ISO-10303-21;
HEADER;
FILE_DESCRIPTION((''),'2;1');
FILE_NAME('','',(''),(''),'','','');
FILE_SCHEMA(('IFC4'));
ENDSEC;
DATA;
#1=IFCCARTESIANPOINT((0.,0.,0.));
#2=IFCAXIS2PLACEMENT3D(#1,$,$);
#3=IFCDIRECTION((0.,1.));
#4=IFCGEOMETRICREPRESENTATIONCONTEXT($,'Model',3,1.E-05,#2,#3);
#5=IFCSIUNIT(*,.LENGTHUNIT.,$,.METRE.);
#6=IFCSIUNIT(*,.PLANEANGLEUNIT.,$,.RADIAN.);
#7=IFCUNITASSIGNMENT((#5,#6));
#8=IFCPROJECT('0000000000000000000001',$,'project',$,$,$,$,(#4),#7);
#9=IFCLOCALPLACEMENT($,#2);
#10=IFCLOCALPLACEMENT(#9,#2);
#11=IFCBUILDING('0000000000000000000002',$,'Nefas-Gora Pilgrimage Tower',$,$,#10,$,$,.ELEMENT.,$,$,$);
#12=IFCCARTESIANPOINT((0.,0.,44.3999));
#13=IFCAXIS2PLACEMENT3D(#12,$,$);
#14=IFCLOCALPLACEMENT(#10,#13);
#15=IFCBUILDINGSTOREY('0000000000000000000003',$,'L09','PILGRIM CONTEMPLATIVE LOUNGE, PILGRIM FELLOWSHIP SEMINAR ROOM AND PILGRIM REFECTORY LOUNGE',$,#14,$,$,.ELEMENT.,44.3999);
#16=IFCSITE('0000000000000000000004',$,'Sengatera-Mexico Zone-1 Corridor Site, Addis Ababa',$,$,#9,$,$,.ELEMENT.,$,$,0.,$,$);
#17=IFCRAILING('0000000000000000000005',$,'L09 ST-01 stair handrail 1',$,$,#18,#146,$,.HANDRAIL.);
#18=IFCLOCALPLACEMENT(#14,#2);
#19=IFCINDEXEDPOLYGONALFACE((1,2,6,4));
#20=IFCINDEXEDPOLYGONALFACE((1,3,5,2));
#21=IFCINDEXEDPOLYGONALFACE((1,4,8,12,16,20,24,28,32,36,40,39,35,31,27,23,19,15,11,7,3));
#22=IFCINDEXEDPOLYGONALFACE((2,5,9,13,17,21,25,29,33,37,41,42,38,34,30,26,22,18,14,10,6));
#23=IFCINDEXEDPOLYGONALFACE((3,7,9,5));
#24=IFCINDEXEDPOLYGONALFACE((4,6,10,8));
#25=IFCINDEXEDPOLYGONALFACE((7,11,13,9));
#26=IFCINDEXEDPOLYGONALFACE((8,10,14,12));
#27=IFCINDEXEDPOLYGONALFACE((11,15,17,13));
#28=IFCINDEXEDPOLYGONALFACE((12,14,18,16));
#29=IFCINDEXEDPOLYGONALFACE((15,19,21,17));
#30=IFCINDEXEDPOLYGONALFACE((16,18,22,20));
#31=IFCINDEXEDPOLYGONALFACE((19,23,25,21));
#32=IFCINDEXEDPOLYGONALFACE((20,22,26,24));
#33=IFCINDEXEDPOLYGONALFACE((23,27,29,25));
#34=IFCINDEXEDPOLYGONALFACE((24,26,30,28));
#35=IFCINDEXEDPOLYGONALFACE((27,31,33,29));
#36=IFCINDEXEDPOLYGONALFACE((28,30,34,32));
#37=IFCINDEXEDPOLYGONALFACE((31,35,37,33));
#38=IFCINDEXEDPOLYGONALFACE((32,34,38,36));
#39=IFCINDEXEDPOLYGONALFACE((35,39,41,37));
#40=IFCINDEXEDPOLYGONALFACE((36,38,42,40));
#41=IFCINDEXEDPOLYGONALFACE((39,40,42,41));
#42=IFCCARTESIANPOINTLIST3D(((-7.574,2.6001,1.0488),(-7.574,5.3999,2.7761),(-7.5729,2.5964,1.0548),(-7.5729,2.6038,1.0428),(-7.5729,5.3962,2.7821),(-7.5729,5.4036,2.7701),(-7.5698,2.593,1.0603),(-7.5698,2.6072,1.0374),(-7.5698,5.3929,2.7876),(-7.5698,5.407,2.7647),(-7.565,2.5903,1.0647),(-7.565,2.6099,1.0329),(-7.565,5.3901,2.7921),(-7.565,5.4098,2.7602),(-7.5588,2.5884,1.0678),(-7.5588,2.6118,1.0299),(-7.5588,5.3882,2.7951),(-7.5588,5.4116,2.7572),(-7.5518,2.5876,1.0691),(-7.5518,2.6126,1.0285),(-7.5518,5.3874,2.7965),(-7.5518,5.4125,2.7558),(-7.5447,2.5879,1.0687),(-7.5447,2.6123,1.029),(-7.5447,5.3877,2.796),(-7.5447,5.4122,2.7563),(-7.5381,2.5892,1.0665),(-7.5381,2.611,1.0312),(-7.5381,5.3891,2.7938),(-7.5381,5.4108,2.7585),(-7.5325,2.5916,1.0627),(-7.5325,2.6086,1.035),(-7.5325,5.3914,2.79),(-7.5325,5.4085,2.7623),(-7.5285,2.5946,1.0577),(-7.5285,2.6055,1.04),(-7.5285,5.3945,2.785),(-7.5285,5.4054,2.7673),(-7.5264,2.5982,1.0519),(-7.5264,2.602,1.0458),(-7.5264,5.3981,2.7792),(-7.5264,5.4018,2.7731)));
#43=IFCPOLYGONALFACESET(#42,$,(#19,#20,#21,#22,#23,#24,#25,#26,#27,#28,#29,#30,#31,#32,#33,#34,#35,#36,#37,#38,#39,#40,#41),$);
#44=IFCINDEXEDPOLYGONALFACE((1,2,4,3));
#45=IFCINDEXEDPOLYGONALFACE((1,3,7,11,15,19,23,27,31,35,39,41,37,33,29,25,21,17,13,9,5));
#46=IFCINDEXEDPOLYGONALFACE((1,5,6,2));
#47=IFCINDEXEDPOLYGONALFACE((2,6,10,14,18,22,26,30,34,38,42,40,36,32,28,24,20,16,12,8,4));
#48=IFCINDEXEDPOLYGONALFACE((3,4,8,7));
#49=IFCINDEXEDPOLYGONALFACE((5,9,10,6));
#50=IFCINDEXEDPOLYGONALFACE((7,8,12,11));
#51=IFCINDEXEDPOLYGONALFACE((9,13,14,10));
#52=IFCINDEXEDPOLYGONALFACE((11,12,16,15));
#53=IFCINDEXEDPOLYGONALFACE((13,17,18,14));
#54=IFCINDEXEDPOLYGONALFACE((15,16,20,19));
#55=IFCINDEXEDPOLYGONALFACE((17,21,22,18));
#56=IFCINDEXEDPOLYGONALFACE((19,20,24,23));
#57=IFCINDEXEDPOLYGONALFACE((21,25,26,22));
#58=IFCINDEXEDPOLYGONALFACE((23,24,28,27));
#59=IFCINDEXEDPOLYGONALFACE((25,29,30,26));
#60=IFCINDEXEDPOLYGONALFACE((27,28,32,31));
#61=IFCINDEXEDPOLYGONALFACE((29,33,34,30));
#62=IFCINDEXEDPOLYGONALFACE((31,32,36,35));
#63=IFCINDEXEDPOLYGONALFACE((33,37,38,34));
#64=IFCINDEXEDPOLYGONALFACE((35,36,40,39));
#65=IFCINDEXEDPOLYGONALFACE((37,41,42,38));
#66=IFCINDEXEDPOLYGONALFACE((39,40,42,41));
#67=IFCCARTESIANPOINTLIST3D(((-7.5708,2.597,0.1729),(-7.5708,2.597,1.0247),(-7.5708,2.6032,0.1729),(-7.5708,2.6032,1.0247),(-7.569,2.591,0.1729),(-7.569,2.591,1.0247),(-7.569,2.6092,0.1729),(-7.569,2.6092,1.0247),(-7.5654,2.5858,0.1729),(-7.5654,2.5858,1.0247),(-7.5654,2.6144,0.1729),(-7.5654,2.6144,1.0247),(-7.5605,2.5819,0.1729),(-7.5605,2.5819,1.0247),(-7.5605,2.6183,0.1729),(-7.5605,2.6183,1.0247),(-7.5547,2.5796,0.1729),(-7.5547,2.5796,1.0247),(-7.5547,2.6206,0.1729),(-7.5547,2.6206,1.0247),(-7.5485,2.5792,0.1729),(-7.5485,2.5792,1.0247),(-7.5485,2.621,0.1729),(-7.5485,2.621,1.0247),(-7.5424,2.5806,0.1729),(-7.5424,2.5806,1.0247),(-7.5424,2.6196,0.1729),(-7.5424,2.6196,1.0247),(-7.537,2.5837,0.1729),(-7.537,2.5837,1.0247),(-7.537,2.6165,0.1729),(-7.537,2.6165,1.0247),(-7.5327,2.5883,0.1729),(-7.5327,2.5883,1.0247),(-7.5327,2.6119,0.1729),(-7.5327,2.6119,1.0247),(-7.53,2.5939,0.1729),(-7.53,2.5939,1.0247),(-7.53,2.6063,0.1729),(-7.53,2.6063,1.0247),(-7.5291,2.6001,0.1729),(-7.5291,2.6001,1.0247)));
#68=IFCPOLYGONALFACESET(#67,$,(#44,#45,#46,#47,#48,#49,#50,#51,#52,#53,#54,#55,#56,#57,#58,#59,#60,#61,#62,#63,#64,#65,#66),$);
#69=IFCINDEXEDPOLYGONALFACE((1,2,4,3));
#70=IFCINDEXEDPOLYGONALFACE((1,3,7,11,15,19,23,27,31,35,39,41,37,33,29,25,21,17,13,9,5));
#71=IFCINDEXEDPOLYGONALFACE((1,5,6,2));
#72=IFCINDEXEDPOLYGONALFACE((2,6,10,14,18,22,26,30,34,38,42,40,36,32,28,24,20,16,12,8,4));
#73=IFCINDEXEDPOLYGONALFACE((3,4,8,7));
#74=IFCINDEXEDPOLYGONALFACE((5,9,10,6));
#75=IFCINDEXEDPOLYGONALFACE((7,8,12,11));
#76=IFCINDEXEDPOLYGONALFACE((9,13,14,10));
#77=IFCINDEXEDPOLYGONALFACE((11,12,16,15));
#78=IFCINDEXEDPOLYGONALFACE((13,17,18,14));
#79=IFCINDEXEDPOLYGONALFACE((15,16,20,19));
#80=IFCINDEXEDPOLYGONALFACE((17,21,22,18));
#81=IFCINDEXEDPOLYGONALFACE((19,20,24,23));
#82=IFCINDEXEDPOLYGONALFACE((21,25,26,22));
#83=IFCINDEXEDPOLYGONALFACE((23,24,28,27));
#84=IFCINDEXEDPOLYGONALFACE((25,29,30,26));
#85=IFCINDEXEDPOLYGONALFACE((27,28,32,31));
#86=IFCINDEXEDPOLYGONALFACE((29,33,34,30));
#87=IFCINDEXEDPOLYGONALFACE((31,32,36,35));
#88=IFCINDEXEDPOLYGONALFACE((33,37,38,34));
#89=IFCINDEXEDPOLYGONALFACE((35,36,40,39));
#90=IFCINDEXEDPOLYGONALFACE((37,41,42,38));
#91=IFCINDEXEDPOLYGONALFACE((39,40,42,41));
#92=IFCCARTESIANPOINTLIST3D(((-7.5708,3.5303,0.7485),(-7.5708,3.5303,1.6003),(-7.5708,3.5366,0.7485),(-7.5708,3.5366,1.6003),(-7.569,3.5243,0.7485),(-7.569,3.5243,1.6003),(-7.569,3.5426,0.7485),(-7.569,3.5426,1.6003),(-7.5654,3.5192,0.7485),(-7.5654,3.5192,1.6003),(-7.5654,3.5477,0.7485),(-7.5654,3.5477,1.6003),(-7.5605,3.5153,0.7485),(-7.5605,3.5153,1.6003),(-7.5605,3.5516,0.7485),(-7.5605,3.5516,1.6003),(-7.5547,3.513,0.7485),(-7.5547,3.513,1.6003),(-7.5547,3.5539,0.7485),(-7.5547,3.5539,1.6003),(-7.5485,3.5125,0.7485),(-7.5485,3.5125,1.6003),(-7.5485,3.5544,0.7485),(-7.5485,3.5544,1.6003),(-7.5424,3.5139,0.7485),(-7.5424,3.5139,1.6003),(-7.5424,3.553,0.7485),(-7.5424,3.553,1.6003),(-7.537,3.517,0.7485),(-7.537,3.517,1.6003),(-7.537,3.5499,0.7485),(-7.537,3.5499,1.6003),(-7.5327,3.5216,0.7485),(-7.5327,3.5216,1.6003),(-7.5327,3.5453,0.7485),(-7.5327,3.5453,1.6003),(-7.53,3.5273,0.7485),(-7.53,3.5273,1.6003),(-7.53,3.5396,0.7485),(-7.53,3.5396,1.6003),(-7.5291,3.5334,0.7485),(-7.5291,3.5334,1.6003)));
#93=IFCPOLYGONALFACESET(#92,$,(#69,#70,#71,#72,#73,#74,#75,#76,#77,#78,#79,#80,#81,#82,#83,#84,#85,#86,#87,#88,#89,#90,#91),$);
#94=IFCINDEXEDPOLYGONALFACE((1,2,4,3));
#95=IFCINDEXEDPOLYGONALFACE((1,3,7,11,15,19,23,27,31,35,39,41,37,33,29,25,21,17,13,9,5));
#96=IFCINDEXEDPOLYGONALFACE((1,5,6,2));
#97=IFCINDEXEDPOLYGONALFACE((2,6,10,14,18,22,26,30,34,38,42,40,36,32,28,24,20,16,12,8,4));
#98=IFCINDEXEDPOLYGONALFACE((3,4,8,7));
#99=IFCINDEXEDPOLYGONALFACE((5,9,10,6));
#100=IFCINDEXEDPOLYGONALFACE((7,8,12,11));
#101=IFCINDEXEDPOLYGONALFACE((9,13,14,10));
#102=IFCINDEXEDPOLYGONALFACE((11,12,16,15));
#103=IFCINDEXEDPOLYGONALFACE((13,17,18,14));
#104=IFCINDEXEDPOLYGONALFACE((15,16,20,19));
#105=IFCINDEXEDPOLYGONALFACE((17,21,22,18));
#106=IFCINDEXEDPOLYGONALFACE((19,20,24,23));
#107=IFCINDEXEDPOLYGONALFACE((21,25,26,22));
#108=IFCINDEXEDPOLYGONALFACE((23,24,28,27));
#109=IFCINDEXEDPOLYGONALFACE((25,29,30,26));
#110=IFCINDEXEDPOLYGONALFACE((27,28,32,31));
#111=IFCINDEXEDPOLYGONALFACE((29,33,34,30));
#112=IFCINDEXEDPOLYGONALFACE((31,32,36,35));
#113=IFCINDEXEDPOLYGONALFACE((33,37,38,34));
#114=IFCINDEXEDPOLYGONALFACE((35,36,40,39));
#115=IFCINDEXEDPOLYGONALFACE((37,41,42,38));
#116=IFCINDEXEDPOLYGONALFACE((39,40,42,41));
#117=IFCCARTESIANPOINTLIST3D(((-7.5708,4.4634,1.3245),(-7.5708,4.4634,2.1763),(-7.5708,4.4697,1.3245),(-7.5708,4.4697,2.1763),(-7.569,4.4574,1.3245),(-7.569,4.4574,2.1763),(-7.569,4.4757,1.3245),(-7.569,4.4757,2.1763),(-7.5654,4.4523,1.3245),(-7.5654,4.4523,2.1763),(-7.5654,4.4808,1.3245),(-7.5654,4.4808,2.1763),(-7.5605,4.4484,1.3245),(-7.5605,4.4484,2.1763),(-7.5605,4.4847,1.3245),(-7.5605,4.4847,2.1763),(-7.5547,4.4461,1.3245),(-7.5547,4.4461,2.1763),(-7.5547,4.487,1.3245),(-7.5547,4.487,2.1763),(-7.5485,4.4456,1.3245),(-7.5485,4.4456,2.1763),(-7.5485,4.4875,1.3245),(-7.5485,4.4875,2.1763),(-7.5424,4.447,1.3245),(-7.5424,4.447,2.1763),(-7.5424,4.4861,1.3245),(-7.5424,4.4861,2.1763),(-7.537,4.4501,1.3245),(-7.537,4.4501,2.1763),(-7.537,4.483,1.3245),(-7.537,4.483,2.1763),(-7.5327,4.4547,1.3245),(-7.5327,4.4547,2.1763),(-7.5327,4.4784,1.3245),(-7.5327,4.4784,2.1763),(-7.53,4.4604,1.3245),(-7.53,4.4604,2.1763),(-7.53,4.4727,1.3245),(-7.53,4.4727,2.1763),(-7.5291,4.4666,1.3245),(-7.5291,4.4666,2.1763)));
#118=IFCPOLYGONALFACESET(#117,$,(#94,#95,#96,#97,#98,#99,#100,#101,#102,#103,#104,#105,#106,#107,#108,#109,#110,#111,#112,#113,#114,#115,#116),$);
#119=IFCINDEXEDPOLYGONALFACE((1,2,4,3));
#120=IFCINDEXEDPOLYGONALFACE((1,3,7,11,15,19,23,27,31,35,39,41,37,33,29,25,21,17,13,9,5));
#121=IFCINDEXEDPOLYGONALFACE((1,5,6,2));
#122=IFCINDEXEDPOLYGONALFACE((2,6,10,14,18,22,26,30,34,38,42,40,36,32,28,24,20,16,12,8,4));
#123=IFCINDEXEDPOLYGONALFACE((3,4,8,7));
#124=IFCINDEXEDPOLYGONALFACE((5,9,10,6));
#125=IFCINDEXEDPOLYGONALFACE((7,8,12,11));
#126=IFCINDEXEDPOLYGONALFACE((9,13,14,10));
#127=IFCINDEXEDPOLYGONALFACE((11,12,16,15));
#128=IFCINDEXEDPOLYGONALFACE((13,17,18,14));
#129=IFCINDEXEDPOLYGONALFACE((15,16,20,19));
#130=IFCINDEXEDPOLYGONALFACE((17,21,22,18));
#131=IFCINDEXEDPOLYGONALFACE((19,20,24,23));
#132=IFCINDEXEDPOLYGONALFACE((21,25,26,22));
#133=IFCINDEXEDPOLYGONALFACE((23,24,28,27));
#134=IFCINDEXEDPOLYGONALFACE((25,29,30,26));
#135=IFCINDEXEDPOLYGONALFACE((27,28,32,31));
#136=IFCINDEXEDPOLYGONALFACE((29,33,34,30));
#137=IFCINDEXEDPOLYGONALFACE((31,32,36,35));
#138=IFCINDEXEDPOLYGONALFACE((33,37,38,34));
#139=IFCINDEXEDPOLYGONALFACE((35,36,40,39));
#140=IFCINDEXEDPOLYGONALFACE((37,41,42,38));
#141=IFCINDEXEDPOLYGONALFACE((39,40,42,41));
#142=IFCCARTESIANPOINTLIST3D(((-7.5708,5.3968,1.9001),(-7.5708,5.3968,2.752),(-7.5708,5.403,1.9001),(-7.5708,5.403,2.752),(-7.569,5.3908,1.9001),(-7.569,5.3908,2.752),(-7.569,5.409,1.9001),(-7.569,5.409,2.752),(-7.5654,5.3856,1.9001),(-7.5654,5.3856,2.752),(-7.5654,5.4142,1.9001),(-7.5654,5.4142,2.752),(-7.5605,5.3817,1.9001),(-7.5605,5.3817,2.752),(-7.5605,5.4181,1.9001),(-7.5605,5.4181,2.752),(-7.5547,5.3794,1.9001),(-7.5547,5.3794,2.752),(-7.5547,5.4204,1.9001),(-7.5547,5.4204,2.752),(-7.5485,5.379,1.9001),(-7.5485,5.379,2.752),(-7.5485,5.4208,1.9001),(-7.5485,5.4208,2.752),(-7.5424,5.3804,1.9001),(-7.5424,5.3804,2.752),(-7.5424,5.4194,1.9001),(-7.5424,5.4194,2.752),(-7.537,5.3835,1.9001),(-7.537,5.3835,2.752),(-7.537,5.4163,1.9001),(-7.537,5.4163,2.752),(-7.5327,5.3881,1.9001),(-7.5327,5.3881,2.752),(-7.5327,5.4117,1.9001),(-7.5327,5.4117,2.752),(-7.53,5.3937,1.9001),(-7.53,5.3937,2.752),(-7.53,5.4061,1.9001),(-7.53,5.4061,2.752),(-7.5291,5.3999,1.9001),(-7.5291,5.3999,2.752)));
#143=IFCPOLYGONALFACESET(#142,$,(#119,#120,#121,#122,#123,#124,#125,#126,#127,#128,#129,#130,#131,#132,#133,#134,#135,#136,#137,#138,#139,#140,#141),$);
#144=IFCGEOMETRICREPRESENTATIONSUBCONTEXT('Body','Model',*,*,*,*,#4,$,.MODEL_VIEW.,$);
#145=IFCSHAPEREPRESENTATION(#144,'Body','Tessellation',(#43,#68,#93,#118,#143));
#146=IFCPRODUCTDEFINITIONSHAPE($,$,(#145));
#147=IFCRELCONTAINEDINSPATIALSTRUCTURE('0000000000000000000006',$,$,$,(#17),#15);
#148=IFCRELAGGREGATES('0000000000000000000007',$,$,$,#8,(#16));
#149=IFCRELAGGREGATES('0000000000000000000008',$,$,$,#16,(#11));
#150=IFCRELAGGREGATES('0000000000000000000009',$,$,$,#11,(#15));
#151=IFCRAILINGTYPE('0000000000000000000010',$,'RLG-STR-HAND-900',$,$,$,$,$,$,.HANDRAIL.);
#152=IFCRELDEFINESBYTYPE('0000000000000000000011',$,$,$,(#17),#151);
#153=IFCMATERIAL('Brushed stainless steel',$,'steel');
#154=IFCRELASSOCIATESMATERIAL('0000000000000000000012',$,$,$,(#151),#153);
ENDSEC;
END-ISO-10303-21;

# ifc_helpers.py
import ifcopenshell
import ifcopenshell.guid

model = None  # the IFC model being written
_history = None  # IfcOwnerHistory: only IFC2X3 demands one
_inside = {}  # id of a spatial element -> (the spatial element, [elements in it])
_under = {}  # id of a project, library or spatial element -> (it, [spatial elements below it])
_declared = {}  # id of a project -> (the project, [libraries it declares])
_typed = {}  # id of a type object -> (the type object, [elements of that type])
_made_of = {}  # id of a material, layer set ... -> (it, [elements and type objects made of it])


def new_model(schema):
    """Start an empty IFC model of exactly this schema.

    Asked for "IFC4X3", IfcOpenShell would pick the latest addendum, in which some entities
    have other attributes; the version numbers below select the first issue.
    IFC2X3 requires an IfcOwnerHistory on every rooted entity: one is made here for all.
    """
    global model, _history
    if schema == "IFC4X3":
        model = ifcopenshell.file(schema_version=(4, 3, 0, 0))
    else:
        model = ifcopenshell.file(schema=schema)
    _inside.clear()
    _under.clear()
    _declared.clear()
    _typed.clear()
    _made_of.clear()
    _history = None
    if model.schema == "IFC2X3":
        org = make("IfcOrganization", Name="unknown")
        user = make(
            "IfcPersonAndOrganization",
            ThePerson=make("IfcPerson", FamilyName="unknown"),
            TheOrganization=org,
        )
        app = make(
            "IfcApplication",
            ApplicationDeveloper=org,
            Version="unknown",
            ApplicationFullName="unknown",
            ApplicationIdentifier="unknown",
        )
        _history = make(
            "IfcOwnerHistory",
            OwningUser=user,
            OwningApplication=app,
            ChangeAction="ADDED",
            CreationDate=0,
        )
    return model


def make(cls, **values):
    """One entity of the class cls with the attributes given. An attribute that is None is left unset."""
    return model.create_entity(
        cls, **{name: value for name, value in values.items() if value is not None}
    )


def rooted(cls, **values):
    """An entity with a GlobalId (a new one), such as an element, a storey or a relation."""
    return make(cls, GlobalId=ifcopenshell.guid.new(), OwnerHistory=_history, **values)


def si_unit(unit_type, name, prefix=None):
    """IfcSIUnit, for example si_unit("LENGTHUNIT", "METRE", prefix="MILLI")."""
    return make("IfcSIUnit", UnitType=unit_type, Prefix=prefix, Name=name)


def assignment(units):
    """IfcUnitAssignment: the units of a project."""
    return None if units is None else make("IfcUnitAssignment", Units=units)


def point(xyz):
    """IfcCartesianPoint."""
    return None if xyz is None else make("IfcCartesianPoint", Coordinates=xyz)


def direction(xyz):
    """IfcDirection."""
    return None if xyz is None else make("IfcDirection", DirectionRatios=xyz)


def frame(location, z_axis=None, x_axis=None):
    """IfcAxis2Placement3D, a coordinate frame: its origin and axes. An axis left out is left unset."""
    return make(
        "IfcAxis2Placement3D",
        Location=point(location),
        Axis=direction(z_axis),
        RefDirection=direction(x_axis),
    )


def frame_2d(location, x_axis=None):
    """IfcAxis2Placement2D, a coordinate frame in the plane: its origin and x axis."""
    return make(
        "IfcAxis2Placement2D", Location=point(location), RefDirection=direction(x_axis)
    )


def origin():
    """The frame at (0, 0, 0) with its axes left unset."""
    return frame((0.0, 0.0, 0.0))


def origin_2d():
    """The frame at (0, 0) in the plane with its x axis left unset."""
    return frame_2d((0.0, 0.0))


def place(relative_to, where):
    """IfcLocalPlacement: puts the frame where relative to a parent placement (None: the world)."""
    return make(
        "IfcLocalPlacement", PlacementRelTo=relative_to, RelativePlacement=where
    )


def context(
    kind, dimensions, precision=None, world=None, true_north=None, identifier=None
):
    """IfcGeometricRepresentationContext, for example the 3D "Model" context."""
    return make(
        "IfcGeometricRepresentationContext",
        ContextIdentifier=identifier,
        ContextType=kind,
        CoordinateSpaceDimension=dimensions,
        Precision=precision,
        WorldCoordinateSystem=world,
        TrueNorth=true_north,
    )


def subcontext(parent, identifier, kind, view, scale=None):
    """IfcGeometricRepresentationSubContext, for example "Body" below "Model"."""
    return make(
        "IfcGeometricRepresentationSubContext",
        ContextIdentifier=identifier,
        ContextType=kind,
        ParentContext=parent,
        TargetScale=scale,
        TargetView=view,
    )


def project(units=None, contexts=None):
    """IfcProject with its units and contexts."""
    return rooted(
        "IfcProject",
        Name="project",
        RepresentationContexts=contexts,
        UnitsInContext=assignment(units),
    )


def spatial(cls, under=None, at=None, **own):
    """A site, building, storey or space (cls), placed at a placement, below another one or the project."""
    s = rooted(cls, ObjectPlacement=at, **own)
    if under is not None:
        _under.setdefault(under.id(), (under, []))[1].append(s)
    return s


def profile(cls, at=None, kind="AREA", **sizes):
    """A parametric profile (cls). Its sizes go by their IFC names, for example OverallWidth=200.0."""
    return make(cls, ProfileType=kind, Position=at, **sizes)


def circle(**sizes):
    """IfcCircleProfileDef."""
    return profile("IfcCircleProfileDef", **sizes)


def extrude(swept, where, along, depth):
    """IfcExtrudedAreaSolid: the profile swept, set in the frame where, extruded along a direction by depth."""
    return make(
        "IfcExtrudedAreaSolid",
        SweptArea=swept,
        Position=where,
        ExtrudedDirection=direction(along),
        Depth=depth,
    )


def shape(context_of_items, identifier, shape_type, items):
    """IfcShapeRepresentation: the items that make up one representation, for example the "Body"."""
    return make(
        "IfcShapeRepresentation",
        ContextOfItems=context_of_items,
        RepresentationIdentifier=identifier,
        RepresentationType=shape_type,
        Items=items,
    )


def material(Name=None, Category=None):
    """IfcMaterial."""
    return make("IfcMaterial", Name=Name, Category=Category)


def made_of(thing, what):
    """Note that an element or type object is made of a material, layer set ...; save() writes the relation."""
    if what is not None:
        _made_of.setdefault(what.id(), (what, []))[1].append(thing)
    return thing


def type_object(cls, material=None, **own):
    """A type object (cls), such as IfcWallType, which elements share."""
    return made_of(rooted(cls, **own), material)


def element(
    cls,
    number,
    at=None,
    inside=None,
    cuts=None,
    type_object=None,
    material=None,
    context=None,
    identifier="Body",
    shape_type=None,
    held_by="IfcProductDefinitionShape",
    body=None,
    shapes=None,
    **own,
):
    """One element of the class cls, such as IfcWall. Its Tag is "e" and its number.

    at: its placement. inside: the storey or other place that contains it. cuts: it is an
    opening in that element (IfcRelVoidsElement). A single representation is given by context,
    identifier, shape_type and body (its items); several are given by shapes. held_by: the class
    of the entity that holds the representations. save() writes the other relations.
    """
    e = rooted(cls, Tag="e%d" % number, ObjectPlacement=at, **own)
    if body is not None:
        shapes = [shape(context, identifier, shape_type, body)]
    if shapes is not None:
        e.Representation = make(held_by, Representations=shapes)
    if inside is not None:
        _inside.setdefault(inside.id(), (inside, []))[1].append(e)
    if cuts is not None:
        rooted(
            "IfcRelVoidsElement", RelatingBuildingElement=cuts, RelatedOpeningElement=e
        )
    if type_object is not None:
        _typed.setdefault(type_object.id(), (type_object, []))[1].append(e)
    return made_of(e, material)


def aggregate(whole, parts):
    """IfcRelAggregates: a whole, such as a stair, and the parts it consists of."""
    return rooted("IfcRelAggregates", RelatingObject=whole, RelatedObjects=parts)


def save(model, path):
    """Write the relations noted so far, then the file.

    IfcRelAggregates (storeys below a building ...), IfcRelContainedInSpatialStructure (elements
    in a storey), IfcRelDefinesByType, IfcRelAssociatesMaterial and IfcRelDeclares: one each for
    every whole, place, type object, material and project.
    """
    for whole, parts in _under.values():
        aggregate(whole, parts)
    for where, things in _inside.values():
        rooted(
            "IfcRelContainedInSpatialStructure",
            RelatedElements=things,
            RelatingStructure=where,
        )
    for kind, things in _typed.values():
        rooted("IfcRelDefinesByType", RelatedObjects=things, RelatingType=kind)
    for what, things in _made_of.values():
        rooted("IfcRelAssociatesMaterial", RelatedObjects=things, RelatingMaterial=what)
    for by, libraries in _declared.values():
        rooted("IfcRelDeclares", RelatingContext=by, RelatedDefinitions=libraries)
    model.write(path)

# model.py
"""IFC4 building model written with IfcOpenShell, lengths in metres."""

from ifc_helpers import new_model, si_unit, direction, frame, origin, origin_2d, place, context, subcontext, project, spatial, circle, extrude, material, type_object, element, save


model = new_model("IFC4")

# Units and contexts
model_context = context("Model", 3, precision=1e-05, world=origin(), true_north=direction((0.0, 1.0)))
body_context = subcontext(model_context, "Body", "Model", "MODEL_VIEW")
ifc_project = project(units=[si_unit("LENGTHUNIT", "METRE"), si_unit("PLANEANGLEUNIT", "RADIAN")], contexts=[model_context])

# Site, building, storey
site_placement = place(None, origin())
site = spatial("IfcSite", under=ifc_project, at=site_placement, Name="Sengatera-Mexico Zone-1 Corridor Site, Addis Ababa", CompositionType="ELEMENT", RefElevation=0.0)
building_placement = place(site_placement, origin())
building = spatial("IfcBuilding", under=site, at=building_placement, Name="Nefas-Gora Pilgrimage Tower", CompositionType="ELEMENT")
storey_placement = place(building_placement, frame((0.0, 0.0, 44.3999)))
storey = spatial("IfcBuildingStorey", under=building, at=storey_placement, Name="L09", Description="PILGRIM CONTEMPLATIVE LOUNGE, PILGRIM FELLOWSHIP SEMINAR ROOM AND PILGRIM REFECTORY LOUNGE", CompositionType="ELEMENT", Elevation=44.3999)

# Railing
ifc_material_1 = material(Name="Brushed stainless steel", Category="steel")
railing_type_1 = type_object("IfcRailingType", Name="RLG-STR-HAND-900", PredefinedType="HANDRAIL", material=ifc_material_1)
railing_1_placement = place(storey_placement, frame((-7.55, 2.6001, 0.1729)))
element("IfcRailing", 1, at=railing_1_placement, inside=storey, type_object=railing_type_1, Name="L09 ST-01 stair handrail 1", PredefinedType="HANDRAIL", context=body_context, shape_type="SweptSolid", body=[
    extrude(circle(Radius=0.0239, at=origin_2d()), frame((0.0, 0.0, 0.876), z_axis=(0.0, 0.851069, 0.525054), x_axis=(-1.0, 0.0, 0.0)), (0.0, 0.0, 1.0), 3.2898),
    extrude(circle(Radius=0.021, at=origin_2d()), origin(), (0.0, 0.0, 1.0), 0.8518),
    extrude(circle(Radius=0.021, at=origin_2d()), frame((0.0, 0.9333, 0.5757)), (0.0, 0.0, 1.0), 0.8518),
    extrude(circle(Radius=0.021, at=origin_2d()), frame((0.0, 1.8665, 1.1516)), (0.0, 0.0, 1.0), 0.8518),
    extrude(circle(Radius=0.021, at=origin_2d()), frame((0.0, 2.7998, 1.7273)), (0.0, 0.0, 1.0), 0.8518),
])

save(model, "model.ifc")
